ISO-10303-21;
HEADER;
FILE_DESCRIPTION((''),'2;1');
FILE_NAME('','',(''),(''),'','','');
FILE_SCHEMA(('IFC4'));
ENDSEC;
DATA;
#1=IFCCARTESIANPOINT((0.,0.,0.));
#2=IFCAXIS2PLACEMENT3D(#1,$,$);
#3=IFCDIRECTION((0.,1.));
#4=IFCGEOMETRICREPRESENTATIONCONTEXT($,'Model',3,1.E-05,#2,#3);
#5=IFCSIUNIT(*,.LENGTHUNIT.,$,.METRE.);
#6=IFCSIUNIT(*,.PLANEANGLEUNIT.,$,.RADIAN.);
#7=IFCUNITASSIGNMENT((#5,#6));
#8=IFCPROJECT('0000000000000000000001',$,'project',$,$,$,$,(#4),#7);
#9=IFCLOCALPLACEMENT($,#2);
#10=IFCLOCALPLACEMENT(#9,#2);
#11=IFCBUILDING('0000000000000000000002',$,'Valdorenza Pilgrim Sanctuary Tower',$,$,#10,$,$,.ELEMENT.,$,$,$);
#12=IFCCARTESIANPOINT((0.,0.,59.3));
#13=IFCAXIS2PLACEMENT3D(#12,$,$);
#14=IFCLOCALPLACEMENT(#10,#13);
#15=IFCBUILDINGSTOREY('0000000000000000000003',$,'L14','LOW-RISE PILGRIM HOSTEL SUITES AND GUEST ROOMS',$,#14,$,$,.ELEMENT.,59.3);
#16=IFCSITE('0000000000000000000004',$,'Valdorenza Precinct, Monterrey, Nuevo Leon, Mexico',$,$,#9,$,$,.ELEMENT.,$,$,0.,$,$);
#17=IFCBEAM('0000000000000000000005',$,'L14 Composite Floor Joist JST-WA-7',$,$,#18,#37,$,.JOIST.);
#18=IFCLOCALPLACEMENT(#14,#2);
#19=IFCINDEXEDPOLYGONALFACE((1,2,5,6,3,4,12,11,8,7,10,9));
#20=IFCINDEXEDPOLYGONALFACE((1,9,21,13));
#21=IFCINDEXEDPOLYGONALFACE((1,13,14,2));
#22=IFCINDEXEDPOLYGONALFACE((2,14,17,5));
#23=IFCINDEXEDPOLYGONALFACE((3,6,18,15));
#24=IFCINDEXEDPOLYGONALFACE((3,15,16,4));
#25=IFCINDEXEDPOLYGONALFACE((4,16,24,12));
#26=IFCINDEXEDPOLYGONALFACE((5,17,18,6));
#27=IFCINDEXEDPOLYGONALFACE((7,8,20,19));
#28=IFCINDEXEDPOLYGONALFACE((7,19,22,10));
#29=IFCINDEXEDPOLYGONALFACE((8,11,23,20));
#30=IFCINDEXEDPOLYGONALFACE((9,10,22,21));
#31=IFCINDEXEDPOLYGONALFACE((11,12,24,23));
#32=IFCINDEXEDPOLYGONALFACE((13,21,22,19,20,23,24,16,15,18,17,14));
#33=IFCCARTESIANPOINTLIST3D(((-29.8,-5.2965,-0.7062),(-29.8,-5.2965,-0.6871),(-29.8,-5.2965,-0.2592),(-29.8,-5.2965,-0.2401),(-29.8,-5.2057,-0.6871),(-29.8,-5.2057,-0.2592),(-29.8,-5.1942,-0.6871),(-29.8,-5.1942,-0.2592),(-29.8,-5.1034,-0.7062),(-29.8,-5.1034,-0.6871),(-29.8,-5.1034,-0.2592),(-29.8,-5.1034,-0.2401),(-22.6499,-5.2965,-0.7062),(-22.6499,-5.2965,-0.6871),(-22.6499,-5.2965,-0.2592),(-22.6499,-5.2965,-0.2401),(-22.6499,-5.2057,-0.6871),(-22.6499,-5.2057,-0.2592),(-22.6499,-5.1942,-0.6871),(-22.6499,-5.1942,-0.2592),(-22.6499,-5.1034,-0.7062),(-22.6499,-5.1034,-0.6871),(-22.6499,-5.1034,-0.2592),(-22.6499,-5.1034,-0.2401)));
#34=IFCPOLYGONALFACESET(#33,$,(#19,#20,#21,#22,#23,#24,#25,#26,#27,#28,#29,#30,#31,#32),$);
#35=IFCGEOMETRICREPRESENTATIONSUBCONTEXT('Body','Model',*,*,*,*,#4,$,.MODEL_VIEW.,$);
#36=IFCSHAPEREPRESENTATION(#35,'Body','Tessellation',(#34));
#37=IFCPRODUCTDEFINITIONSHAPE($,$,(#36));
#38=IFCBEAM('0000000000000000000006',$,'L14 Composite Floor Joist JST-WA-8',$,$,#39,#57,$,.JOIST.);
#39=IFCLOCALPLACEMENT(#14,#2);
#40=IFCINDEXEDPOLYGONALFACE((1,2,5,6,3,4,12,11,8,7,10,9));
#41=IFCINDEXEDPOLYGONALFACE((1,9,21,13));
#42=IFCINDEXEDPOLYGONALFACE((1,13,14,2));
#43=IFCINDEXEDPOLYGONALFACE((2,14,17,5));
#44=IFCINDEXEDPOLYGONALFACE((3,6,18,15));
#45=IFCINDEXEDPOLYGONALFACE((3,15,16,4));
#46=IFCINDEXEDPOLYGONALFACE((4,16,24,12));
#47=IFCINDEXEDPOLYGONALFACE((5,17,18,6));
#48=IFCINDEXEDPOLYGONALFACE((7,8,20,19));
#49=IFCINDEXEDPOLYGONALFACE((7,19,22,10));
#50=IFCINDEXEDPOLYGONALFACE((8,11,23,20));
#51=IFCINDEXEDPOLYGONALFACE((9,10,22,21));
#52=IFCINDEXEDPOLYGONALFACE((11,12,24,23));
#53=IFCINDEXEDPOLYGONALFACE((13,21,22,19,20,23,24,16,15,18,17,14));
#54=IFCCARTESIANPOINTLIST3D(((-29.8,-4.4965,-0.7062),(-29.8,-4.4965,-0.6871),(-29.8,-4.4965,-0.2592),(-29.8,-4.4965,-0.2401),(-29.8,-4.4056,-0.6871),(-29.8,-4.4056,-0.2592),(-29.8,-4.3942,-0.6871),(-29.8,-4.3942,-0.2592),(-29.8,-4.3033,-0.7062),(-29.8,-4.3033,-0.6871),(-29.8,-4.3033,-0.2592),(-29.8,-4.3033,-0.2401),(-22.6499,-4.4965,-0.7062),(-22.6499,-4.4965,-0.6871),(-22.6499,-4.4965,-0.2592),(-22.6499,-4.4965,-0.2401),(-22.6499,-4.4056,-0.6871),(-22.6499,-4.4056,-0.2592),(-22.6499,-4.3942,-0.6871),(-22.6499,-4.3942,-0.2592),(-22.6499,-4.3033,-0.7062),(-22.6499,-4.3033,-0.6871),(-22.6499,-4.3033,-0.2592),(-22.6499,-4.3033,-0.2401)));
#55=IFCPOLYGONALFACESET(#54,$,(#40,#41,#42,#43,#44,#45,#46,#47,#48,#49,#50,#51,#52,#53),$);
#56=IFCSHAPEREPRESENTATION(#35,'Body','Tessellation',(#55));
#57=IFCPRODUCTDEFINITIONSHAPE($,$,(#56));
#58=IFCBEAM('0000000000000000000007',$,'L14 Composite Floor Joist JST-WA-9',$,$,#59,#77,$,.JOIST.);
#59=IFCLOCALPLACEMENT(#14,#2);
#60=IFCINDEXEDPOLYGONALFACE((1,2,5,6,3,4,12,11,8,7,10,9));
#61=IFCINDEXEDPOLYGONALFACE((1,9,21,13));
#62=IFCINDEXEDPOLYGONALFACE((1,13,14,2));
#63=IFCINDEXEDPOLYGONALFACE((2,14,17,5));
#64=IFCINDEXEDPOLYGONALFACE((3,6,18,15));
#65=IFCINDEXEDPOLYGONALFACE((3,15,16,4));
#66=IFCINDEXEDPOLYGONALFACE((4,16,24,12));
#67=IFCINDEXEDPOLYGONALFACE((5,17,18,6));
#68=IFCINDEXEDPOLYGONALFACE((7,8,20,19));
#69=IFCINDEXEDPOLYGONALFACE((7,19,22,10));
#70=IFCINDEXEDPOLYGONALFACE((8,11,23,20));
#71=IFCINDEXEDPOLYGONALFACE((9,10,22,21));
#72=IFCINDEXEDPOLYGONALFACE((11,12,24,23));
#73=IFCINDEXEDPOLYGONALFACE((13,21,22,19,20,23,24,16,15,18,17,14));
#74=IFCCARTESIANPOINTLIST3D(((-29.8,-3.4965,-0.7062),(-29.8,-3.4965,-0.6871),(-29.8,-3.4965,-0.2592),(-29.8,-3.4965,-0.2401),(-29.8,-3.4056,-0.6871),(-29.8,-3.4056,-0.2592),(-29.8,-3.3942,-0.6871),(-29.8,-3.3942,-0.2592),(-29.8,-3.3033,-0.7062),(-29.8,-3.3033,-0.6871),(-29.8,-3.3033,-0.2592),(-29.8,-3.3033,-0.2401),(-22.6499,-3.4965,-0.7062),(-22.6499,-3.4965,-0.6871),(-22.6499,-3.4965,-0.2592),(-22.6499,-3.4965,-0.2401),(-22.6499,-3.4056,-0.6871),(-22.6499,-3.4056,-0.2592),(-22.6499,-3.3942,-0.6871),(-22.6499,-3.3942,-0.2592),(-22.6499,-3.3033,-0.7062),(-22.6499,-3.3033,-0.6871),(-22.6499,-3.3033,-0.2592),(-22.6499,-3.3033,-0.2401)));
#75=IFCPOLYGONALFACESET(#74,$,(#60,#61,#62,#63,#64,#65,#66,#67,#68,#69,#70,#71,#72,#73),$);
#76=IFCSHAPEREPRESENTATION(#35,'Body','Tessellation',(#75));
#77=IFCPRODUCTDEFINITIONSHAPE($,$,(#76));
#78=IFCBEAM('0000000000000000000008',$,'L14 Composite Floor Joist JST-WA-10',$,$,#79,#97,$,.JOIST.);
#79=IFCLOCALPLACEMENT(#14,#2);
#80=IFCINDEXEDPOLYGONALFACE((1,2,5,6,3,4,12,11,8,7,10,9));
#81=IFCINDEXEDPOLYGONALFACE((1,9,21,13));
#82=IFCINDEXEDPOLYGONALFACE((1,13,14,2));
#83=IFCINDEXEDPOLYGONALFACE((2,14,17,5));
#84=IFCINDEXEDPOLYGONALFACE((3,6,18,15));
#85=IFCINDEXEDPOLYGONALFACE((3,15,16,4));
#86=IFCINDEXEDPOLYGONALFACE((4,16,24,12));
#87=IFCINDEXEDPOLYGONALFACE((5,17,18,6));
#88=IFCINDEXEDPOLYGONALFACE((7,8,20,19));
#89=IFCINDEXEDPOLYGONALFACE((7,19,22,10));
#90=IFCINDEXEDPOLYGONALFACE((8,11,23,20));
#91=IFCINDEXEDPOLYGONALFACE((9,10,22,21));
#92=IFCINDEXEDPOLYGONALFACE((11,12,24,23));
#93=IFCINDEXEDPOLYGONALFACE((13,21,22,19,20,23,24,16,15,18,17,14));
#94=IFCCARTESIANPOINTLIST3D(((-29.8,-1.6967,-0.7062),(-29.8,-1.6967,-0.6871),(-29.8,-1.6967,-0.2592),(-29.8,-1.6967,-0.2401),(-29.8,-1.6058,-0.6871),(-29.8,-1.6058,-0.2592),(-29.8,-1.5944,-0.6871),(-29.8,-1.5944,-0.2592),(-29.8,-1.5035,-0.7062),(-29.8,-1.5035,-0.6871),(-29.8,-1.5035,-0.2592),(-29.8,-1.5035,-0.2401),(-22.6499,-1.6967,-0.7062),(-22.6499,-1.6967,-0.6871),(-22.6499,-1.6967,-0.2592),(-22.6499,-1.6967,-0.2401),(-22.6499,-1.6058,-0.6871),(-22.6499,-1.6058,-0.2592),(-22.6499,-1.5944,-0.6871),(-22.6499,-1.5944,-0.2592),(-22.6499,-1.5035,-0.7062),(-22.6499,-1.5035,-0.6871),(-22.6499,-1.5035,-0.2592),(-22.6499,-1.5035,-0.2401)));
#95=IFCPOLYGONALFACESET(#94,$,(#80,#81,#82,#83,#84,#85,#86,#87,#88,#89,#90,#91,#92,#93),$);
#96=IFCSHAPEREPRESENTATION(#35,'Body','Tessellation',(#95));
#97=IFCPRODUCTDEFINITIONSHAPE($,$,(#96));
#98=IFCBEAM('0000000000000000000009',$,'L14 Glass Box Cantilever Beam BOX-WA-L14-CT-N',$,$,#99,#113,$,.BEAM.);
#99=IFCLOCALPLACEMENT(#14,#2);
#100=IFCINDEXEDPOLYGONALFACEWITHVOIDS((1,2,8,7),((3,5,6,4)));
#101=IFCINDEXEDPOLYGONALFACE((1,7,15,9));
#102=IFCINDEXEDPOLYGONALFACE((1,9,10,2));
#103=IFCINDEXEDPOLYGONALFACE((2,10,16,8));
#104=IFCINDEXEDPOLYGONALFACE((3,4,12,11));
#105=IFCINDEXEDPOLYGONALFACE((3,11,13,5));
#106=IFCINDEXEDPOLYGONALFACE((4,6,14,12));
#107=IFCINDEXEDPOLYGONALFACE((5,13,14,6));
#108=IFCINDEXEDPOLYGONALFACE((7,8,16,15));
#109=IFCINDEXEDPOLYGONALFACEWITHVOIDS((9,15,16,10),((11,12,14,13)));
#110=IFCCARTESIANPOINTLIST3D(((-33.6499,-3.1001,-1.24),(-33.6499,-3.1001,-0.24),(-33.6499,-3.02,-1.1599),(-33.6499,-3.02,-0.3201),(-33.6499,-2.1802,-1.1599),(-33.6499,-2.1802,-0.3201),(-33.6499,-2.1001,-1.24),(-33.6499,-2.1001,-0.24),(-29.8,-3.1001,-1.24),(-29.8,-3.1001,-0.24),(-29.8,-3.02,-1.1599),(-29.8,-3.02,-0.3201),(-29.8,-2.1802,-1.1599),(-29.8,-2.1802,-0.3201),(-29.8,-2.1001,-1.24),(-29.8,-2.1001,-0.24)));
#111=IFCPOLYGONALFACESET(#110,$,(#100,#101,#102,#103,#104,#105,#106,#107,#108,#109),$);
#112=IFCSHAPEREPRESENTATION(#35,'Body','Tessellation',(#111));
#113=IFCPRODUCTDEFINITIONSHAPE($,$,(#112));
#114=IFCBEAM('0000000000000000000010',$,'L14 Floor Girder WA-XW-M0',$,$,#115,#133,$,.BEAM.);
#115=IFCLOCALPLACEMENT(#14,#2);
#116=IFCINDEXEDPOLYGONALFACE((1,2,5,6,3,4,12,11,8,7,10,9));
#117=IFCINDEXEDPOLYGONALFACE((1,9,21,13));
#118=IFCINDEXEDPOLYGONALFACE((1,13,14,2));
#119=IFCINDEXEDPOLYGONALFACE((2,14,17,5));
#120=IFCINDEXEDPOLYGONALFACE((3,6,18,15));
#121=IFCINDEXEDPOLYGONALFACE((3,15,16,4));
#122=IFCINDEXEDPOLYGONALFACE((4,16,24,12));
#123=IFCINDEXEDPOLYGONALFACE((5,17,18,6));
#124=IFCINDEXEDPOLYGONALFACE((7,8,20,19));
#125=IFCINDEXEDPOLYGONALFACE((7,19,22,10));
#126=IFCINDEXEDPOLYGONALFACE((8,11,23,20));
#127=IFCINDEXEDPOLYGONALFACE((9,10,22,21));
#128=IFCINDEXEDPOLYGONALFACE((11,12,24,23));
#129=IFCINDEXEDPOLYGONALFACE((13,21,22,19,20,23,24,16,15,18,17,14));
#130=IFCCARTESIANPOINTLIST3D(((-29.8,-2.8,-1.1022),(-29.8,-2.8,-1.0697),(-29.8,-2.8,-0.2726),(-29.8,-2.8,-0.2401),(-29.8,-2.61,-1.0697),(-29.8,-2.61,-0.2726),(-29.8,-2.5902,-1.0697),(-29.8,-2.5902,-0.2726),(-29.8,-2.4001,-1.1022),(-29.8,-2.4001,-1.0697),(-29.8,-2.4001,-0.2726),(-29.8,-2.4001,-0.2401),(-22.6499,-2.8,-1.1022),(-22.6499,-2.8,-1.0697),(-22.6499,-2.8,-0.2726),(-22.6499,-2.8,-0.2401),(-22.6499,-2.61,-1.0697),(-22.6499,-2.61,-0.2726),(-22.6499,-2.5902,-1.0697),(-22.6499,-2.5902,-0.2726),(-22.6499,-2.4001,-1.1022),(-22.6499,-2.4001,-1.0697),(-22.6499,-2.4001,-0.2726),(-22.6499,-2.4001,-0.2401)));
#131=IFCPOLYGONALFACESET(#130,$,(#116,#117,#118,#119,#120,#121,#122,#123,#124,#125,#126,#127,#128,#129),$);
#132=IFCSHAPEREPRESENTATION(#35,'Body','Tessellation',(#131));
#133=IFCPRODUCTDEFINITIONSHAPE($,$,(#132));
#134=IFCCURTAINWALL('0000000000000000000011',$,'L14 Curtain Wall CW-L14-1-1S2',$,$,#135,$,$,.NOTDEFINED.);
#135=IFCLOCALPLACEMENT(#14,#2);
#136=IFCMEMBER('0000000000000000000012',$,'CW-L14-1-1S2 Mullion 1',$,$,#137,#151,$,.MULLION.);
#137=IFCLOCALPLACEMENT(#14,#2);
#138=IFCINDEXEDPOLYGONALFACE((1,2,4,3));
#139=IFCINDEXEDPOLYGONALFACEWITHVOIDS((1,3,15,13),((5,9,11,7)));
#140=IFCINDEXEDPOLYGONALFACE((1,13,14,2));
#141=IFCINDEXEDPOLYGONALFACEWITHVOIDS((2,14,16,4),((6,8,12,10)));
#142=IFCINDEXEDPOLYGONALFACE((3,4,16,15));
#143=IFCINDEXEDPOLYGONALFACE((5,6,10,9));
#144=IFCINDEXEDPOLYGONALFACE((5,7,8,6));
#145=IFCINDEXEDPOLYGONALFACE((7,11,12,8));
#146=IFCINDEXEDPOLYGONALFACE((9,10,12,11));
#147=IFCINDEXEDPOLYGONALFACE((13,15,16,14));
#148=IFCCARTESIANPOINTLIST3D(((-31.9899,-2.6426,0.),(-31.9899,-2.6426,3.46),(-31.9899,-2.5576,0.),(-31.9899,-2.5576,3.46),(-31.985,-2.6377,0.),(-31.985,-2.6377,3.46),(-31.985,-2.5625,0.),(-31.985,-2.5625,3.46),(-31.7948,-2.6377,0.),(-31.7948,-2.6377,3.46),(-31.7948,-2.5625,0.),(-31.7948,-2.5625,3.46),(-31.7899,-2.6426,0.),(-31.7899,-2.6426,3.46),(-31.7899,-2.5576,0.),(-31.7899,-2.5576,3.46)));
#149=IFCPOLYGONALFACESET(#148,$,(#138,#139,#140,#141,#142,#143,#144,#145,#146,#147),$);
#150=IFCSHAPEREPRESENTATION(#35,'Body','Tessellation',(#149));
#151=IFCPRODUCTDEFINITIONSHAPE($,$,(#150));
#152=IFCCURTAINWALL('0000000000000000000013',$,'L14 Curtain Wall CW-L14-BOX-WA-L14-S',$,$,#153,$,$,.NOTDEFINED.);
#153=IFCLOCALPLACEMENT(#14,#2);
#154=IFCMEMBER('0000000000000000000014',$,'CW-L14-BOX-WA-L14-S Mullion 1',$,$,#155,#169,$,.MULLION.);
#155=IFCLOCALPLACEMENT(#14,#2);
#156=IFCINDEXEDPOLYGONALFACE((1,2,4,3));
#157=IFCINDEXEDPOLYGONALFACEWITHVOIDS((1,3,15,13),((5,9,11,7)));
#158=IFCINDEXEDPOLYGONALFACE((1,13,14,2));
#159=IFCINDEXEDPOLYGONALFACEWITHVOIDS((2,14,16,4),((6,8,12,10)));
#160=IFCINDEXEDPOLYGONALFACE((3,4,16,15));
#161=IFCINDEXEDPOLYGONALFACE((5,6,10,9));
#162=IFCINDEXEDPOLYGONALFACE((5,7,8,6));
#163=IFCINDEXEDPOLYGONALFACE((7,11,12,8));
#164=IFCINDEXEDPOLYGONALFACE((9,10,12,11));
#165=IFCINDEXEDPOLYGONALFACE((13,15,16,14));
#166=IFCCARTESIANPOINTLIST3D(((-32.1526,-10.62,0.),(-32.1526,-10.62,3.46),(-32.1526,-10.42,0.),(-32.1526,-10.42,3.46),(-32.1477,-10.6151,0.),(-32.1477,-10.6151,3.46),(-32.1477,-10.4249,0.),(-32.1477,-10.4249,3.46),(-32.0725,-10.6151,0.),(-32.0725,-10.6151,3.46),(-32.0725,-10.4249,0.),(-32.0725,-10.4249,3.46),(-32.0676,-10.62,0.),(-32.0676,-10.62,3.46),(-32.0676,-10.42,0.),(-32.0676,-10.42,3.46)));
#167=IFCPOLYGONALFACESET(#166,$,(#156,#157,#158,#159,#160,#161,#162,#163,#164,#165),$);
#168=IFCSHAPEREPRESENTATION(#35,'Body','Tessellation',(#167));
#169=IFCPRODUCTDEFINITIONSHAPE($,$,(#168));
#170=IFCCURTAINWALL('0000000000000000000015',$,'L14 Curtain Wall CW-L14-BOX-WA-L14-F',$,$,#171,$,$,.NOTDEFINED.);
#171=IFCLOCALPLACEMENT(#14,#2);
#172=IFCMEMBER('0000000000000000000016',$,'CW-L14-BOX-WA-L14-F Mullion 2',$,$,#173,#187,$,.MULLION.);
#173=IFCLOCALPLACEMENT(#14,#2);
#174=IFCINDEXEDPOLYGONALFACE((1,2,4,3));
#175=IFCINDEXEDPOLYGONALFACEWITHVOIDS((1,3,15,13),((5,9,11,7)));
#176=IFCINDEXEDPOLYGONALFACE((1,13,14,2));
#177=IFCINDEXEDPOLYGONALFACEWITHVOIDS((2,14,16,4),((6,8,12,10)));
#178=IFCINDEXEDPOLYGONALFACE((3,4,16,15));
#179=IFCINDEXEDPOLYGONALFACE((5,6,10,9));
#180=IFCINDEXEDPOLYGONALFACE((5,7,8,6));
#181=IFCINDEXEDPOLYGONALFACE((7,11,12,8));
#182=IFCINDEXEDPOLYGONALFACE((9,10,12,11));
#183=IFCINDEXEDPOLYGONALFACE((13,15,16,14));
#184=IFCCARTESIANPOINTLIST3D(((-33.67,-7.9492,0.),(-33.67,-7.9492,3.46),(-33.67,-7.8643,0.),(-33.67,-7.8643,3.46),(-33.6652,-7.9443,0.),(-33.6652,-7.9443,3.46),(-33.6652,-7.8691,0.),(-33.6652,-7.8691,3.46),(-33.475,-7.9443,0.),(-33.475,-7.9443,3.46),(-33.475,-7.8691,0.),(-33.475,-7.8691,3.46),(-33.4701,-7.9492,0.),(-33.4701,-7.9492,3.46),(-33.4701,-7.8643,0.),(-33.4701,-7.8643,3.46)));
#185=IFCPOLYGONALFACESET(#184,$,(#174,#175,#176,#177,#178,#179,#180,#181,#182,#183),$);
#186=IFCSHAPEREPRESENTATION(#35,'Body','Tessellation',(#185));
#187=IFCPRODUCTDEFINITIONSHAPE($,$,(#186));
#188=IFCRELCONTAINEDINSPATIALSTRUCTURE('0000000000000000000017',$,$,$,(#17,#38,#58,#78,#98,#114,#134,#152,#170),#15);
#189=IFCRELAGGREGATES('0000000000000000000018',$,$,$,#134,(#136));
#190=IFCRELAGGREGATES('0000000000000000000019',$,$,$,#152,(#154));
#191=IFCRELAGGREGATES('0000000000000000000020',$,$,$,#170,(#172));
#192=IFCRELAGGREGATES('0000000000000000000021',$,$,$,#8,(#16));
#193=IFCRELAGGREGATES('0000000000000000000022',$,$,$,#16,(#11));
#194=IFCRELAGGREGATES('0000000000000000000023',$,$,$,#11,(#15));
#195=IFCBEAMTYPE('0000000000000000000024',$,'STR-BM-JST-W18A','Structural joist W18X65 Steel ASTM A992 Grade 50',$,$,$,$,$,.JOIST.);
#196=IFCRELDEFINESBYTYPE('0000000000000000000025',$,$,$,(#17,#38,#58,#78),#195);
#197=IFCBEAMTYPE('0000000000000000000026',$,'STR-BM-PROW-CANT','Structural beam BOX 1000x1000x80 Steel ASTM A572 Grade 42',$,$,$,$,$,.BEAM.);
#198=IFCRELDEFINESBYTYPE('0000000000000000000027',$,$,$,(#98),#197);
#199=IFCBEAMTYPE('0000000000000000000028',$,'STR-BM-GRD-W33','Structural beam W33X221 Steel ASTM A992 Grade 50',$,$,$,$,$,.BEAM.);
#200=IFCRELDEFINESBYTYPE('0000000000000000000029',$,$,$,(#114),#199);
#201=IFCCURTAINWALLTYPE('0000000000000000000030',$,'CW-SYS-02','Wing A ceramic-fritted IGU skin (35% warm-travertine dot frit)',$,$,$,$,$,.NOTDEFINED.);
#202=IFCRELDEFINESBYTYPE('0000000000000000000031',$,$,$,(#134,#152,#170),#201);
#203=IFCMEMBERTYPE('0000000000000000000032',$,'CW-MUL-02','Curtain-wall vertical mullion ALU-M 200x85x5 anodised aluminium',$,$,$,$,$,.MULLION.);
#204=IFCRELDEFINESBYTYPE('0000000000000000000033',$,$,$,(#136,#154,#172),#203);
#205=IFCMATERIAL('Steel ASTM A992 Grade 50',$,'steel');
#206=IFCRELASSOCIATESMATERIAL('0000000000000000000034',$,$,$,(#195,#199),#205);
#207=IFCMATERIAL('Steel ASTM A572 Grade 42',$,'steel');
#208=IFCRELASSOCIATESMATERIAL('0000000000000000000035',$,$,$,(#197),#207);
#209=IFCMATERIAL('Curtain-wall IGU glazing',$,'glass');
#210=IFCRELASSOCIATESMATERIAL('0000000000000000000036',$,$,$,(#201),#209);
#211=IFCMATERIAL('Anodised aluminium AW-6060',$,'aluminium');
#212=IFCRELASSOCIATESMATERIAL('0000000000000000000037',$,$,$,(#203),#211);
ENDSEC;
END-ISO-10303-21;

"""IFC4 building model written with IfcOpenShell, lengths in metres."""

from ifc_helpers import new_model, si_unit, direction, frame, origin, origin_2d, place, context, subcontext, project, spatial, hollow_rectangle, i_section, extrude, source, transform, mapped, material, material_profile, profile_set, type_object, element, aggregate, save


model = new_model("IFC4")

# Units and contexts
model_context = context("Model", 3, precision=1e-05, world=origin(), true_north=direction((0.0, 1.0)))
body_context = subcontext(model_context, "Body", "Model", "MODEL_VIEW")
ifc_project = project(units=[si_unit("LENGTHUNIT", "METRE"), si_unit("PLANEANGLEUNIT", "RADIAN")], contexts=[model_context])

# Site, building, storey
site_placement = place(None, origin())
site = spatial("IfcSite", under=ifc_project, at=site_placement, Name="Valdorenza Precinct, Monterrey, Nuevo Leon, Mexico", CompositionType="ELEMENT", RefElevation=0.0)
building_placement = place(site_placement, origin())
building = spatial("IfcBuilding", under=site, at=building_placement, Name="Valdorenza Pilgrim Sanctuary Tower", CompositionType="ELEMENT")
storey_placement = place(building_placement, frame((0.0, 0.0, 59.3)))
storey = spatial("IfcBuildingStorey", under=building, at=storey_placement, Name="L14", Description="LOW-RISE PILGRIM HOSTEL SUITES AND GUEST ROOMS", CompositionType="ELEMENT", Elevation=59.3)

# Beams
ifc_material_1 = material(Name="Steel ASTM A992 Grade 50", Category="steel")
ifc_material_profile_1 = material_profile(ifc_material_1, i_section(OverallWidth=0.1931, OverallDepth=0.4661, WebThickness=0.0115, FlangeThickness=0.019, at=origin_2d()), Name="W18X65")
ifc_profile_set_1 = profile_set([ifc_material_profile_1], Name="Steel ASTM A992 Grade 50")
beam_type_1 = type_object("IfcBeamType", Name="STR-BM-JST-W18A", Description="Structural joist W18X65 Steel ASTM A992 Grade 50", PredefinedType="JOIST", material=ifc_profile_set_1)
shared_shape_1 = source(origin(), body_context, "Body", "SweptSolid", [
    extrude(i_section(OverallWidth=0.1931, OverallDepth=0.4661, WebThickness=0.0115, FlangeThickness=0.019, at=origin_2d()), origin(), (0.0, 0.0, 1.0), 7.1501),
])
for number, where, z_axis, x_axis, name in (
    (1, (-29.8, -5.2, -0.4731), (1.0, 0.0, 0.0), (0.0, 1.0, 0.0), "L14 Composite Floor Joist JST-WA-7"),
    (2, (-29.8, -4.3999, -0.4731), (1.0, 0.0, 0.0), (0.0, 1.0, 0.0), "L14 Composite Floor Joist JST-WA-8"),
    (3, (-29.8, -3.3999, -0.4731), (1.0, 0.0, 0.0), (0.0, 1.0, 0.0), "L14 Composite Floor Joist JST-WA-9"),
    (4, (-29.8, -1.6001, -0.4731), (1.0, 0.0, 0.0), (0.0, 1.0, 0.0), "L14 Composite Floor Joist JST-WA-10"),
):
    element("IfcBeam", number, at=place(storey_placement, frame(where, z_axis=z_axis, x_axis=x_axis)), inside=storey, type_object=beam_type_1, Name=name, PredefinedType="JOIST", context=body_context, shape_type="MappedRepresentation", body=[
        mapped(shared_shape_1, transform((0.0, 0.0, 0.0), x_axis=(1.0, 0.0, 0.0), y_axis=(0.0, 1.0, 0.0), z_axis=(0.0, 0.0, 1.0), scale=1.0)),
    ])
ifc_material_2 = material(Name="Steel ASTM A572 Grade 42", Category="steel")
ifc_material_profile_2 = material_profile(ifc_material_2, hollow_rectangle(XDim=1.0, YDim=1.0, WallThickness=0.0801, at=origin_2d()), Name="BOX 1000x1000x80")
ifc_profile_set_2 = profile_set([ifc_material_profile_2], Name="Steel ASTM A572 Grade 42")
beam_type_2 = type_object("IfcBeamType", Name="STR-BM-PROW-CANT", Description="Structural beam BOX 1000x1000x80 Steel ASTM A572 Grade 42", PredefinedType="BEAM", material=ifc_profile_set_2)
shared_shape_2 = source(origin(), body_context, "Body", "SweptSolid", [
    extrude(hollow_rectangle(XDim=1.0, YDim=1.0, WallThickness=0.0801, at=origin_2d()), origin(), (0.0, 0.0, 1.0), 3.8499),
])
beam_1_placement = place(storey_placement, frame((-29.8, -2.6001, -0.74), z_axis=(-1.0, 0.0, 0.0), x_axis=(0.0, -1.0, 0.0)))
element("IfcBeam", 5, at=beam_1_placement, inside=storey, type_object=beam_type_2, Name="L14 Glass Box Cantilever Beam BOX-WA-L14-CT-N", PredefinedType="BEAM", context=body_context, shape_type="MappedRepresentation", body=[
    mapped(shared_shape_2, transform((0.0, 0.0, 0.0), x_axis=(1.0, 0.0, 0.0), y_axis=(0.0, 1.0, 0.0), z_axis=(0.0, 0.0, 1.0), scale=1.0)),
])
ifc_material_profile_3 = material_profile(ifc_material_1, i_section(OverallWidth=0.3999, OverallDepth=0.8621, WebThickness=0.0198, FlangeThickness=0.0325, at=origin_2d()), Name="W33X221")
ifc_profile_set_3 = profile_set([ifc_material_profile_3], Name="Steel ASTM A992 Grade 50")
beam_type_3 = type_object("IfcBeamType", Name="STR-BM-GRD-W33", Description="Structural beam W33X221 Steel ASTM A992 Grade 50", PredefinedType="BEAM", material=ifc_profile_set_3)
shared_shape_3 = source(origin(), body_context, "Body", "SweptSolid", [
    extrude(i_section(OverallWidth=0.3999, OverallDepth=0.8621, WebThickness=0.0198, FlangeThickness=0.0325, at=origin_2d()), origin(), (0.0, 0.0, 1.0), 7.1501),
])
beam_2_placement = place(storey_placement, frame((-29.8, -2.6001, -0.6711), z_axis=(1.0, 0.0, 0.0), x_axis=(0.0, 1.0, 0.0)))
element("IfcBeam", 6, at=beam_2_placement, inside=storey, type_object=beam_type_3, Name="L14 Floor Girder WA-XW-M0", PredefinedType="BEAM", context=body_context, shape_type="MappedRepresentation", body=[
    mapped(shared_shape_3, transform((0.0, 0.0, 0.0), x_axis=(1.0, 0.0, 0.0), y_axis=(0.0, 1.0, 0.0), z_axis=(0.0, 0.0, 1.0), scale=1.0)),
])

# Curtain walls, members
ifc_material_3 = material(Name="Curtain-wall IGU glazing", Category="glass")
curtain_wall_type = type_object("IfcCurtainWallType", Name="CW-SYS-02", Description="Wing A ceramic-fritted IGU skin (35% warm-travertine dot frit)", PredefinedType="NOTDEFINED", material=ifc_material_3)
curtain_wall_1_placement = place(storey_placement, origin())
curtain_wall_1 = element("IfcCurtainWall", 7, at=curtain_wall_1_placement, inside=storey, type_object=curtain_wall_type, Name="L14 Curtain Wall CW-L14-1-1S2", PredefinedType="NOTDEFINED")
ifc_material_4 = material(Name="Anodised aluminium AW-6060", Category="aluminium")
ifc_material_profile_4 = material_profile(ifc_material_4, hollow_rectangle(XDim=0.085, YDim=0.2, WallThickness=0.0049, at=origin_2d()), Name="ALU-M 200x85x5")
ifc_profile_set_4 = profile_set([ifc_material_profile_4], Name="Anodised aluminium AW-6060")
member_type_1 = type_object("IfcMemberType", Name="CW-MUL-02", Description="Curtain-wall vertical mullion ALU-M 200x85x5 anodised aluminium", PredefinedType="MULLION", material=ifc_profile_set_4)
shared_shape_4 = source(origin(), body_context, "Body", "SweptSolid", [
    extrude(hollow_rectangle(XDim=0.085, YDim=0.2, WallThickness=0.0049, at=origin_2d()), origin(), (0.0, 0.0, 1.0), 3.46),
])
member_1_placement = place(storey_placement, frame((-31.8899, -2.6001, 0.0), z_axis=(0.0, 0.0, 1.0), x_axis=(0.0, 1.0, 0.0)))
member_1 = element("IfcMember", 8, at=member_1_placement, type_object=member_type_1, Name="CW-L14-1-1S2 Mullion 1", PredefinedType="MULLION", context=body_context, shape_type="MappedRepresentation", body=[
    mapped(shared_shape_4, transform((0.0, 0.0, 0.0), x_axis=(1.0, 0.0, 0.0), y_axis=(0.0, 1.0, 0.0), z_axis=(0.0, 0.0, 1.0), scale=1.0)),
])
curtain_wall_2_placement = place(storey_placement, origin())
curtain_wall_2 = element("IfcCurtainWall", 9, at=curtain_wall_2_placement, inside=storey, type_object=curtain_wall_type, Name="L14 Curtain Wall CW-L14-BOX-WA-L14-S", PredefinedType="NOTDEFINED")
member_2_placement = place(storey_placement, frame((-32.1101, -10.52, 0.0), z_axis=(0.0, 0.0, 1.0), x_axis=(-1.0, 0.0, 0.0)))
member_2 = element("IfcMember", 10, at=member_2_placement, type_object=member_type_1, Name="CW-L14-BOX-WA-L14-S Mullion 1", PredefinedType="MULLION", context=body_context, shape_type="MappedRepresentation", body=[
    mapped(shared_shape_4, transform((0.0, 0.0, 0.0), x_axis=(1.0, 0.0, 0.0), y_axis=(0.0, 1.0, 0.0), z_axis=(0.0, 0.0, 1.0), scale=1.0)),
])

# Curtain wall, member
curtain_wall_3_placement = place(storey_placement, origin())
curtain_wall_3 = element("IfcCurtainWall", 11, at=curtain_wall_3_placement, inside=storey, type_object=curtain_wall_type, Name="L14 Curtain Wall CW-L14-BOX-WA-L14-F", PredefinedType="NOTDEFINED")
member_3_placement = place(storey_placement, frame((-33.5701, -7.9067, 0.0), z_axis=(0.0, 0.0, 1.0), x_axis=(0.0, 1.0, 0.0)))
member_3 = element("IfcMember", 12, at=member_3_placement, type_object=member_type_1, Name="CW-L14-BOX-WA-L14-F Mullion 2", PredefinedType="MULLION", context=body_context, shape_type="MappedRepresentation", body=[
    mapped(shared_shape_4, transform((0.0, 0.0, 0.0), x_axis=(1.0, 0.0, 0.0), y_axis=(0.0, 1.0, 0.0), z_axis=(0.0, 0.0, 1.0), scale=1.0)),
])

aggregate(curtain_wall_1, [member_1])
aggregate(curtain_wall_2, [member_2])

aggregate(curtain_wall_3, [member_3])

save(model, "model.ifc")
